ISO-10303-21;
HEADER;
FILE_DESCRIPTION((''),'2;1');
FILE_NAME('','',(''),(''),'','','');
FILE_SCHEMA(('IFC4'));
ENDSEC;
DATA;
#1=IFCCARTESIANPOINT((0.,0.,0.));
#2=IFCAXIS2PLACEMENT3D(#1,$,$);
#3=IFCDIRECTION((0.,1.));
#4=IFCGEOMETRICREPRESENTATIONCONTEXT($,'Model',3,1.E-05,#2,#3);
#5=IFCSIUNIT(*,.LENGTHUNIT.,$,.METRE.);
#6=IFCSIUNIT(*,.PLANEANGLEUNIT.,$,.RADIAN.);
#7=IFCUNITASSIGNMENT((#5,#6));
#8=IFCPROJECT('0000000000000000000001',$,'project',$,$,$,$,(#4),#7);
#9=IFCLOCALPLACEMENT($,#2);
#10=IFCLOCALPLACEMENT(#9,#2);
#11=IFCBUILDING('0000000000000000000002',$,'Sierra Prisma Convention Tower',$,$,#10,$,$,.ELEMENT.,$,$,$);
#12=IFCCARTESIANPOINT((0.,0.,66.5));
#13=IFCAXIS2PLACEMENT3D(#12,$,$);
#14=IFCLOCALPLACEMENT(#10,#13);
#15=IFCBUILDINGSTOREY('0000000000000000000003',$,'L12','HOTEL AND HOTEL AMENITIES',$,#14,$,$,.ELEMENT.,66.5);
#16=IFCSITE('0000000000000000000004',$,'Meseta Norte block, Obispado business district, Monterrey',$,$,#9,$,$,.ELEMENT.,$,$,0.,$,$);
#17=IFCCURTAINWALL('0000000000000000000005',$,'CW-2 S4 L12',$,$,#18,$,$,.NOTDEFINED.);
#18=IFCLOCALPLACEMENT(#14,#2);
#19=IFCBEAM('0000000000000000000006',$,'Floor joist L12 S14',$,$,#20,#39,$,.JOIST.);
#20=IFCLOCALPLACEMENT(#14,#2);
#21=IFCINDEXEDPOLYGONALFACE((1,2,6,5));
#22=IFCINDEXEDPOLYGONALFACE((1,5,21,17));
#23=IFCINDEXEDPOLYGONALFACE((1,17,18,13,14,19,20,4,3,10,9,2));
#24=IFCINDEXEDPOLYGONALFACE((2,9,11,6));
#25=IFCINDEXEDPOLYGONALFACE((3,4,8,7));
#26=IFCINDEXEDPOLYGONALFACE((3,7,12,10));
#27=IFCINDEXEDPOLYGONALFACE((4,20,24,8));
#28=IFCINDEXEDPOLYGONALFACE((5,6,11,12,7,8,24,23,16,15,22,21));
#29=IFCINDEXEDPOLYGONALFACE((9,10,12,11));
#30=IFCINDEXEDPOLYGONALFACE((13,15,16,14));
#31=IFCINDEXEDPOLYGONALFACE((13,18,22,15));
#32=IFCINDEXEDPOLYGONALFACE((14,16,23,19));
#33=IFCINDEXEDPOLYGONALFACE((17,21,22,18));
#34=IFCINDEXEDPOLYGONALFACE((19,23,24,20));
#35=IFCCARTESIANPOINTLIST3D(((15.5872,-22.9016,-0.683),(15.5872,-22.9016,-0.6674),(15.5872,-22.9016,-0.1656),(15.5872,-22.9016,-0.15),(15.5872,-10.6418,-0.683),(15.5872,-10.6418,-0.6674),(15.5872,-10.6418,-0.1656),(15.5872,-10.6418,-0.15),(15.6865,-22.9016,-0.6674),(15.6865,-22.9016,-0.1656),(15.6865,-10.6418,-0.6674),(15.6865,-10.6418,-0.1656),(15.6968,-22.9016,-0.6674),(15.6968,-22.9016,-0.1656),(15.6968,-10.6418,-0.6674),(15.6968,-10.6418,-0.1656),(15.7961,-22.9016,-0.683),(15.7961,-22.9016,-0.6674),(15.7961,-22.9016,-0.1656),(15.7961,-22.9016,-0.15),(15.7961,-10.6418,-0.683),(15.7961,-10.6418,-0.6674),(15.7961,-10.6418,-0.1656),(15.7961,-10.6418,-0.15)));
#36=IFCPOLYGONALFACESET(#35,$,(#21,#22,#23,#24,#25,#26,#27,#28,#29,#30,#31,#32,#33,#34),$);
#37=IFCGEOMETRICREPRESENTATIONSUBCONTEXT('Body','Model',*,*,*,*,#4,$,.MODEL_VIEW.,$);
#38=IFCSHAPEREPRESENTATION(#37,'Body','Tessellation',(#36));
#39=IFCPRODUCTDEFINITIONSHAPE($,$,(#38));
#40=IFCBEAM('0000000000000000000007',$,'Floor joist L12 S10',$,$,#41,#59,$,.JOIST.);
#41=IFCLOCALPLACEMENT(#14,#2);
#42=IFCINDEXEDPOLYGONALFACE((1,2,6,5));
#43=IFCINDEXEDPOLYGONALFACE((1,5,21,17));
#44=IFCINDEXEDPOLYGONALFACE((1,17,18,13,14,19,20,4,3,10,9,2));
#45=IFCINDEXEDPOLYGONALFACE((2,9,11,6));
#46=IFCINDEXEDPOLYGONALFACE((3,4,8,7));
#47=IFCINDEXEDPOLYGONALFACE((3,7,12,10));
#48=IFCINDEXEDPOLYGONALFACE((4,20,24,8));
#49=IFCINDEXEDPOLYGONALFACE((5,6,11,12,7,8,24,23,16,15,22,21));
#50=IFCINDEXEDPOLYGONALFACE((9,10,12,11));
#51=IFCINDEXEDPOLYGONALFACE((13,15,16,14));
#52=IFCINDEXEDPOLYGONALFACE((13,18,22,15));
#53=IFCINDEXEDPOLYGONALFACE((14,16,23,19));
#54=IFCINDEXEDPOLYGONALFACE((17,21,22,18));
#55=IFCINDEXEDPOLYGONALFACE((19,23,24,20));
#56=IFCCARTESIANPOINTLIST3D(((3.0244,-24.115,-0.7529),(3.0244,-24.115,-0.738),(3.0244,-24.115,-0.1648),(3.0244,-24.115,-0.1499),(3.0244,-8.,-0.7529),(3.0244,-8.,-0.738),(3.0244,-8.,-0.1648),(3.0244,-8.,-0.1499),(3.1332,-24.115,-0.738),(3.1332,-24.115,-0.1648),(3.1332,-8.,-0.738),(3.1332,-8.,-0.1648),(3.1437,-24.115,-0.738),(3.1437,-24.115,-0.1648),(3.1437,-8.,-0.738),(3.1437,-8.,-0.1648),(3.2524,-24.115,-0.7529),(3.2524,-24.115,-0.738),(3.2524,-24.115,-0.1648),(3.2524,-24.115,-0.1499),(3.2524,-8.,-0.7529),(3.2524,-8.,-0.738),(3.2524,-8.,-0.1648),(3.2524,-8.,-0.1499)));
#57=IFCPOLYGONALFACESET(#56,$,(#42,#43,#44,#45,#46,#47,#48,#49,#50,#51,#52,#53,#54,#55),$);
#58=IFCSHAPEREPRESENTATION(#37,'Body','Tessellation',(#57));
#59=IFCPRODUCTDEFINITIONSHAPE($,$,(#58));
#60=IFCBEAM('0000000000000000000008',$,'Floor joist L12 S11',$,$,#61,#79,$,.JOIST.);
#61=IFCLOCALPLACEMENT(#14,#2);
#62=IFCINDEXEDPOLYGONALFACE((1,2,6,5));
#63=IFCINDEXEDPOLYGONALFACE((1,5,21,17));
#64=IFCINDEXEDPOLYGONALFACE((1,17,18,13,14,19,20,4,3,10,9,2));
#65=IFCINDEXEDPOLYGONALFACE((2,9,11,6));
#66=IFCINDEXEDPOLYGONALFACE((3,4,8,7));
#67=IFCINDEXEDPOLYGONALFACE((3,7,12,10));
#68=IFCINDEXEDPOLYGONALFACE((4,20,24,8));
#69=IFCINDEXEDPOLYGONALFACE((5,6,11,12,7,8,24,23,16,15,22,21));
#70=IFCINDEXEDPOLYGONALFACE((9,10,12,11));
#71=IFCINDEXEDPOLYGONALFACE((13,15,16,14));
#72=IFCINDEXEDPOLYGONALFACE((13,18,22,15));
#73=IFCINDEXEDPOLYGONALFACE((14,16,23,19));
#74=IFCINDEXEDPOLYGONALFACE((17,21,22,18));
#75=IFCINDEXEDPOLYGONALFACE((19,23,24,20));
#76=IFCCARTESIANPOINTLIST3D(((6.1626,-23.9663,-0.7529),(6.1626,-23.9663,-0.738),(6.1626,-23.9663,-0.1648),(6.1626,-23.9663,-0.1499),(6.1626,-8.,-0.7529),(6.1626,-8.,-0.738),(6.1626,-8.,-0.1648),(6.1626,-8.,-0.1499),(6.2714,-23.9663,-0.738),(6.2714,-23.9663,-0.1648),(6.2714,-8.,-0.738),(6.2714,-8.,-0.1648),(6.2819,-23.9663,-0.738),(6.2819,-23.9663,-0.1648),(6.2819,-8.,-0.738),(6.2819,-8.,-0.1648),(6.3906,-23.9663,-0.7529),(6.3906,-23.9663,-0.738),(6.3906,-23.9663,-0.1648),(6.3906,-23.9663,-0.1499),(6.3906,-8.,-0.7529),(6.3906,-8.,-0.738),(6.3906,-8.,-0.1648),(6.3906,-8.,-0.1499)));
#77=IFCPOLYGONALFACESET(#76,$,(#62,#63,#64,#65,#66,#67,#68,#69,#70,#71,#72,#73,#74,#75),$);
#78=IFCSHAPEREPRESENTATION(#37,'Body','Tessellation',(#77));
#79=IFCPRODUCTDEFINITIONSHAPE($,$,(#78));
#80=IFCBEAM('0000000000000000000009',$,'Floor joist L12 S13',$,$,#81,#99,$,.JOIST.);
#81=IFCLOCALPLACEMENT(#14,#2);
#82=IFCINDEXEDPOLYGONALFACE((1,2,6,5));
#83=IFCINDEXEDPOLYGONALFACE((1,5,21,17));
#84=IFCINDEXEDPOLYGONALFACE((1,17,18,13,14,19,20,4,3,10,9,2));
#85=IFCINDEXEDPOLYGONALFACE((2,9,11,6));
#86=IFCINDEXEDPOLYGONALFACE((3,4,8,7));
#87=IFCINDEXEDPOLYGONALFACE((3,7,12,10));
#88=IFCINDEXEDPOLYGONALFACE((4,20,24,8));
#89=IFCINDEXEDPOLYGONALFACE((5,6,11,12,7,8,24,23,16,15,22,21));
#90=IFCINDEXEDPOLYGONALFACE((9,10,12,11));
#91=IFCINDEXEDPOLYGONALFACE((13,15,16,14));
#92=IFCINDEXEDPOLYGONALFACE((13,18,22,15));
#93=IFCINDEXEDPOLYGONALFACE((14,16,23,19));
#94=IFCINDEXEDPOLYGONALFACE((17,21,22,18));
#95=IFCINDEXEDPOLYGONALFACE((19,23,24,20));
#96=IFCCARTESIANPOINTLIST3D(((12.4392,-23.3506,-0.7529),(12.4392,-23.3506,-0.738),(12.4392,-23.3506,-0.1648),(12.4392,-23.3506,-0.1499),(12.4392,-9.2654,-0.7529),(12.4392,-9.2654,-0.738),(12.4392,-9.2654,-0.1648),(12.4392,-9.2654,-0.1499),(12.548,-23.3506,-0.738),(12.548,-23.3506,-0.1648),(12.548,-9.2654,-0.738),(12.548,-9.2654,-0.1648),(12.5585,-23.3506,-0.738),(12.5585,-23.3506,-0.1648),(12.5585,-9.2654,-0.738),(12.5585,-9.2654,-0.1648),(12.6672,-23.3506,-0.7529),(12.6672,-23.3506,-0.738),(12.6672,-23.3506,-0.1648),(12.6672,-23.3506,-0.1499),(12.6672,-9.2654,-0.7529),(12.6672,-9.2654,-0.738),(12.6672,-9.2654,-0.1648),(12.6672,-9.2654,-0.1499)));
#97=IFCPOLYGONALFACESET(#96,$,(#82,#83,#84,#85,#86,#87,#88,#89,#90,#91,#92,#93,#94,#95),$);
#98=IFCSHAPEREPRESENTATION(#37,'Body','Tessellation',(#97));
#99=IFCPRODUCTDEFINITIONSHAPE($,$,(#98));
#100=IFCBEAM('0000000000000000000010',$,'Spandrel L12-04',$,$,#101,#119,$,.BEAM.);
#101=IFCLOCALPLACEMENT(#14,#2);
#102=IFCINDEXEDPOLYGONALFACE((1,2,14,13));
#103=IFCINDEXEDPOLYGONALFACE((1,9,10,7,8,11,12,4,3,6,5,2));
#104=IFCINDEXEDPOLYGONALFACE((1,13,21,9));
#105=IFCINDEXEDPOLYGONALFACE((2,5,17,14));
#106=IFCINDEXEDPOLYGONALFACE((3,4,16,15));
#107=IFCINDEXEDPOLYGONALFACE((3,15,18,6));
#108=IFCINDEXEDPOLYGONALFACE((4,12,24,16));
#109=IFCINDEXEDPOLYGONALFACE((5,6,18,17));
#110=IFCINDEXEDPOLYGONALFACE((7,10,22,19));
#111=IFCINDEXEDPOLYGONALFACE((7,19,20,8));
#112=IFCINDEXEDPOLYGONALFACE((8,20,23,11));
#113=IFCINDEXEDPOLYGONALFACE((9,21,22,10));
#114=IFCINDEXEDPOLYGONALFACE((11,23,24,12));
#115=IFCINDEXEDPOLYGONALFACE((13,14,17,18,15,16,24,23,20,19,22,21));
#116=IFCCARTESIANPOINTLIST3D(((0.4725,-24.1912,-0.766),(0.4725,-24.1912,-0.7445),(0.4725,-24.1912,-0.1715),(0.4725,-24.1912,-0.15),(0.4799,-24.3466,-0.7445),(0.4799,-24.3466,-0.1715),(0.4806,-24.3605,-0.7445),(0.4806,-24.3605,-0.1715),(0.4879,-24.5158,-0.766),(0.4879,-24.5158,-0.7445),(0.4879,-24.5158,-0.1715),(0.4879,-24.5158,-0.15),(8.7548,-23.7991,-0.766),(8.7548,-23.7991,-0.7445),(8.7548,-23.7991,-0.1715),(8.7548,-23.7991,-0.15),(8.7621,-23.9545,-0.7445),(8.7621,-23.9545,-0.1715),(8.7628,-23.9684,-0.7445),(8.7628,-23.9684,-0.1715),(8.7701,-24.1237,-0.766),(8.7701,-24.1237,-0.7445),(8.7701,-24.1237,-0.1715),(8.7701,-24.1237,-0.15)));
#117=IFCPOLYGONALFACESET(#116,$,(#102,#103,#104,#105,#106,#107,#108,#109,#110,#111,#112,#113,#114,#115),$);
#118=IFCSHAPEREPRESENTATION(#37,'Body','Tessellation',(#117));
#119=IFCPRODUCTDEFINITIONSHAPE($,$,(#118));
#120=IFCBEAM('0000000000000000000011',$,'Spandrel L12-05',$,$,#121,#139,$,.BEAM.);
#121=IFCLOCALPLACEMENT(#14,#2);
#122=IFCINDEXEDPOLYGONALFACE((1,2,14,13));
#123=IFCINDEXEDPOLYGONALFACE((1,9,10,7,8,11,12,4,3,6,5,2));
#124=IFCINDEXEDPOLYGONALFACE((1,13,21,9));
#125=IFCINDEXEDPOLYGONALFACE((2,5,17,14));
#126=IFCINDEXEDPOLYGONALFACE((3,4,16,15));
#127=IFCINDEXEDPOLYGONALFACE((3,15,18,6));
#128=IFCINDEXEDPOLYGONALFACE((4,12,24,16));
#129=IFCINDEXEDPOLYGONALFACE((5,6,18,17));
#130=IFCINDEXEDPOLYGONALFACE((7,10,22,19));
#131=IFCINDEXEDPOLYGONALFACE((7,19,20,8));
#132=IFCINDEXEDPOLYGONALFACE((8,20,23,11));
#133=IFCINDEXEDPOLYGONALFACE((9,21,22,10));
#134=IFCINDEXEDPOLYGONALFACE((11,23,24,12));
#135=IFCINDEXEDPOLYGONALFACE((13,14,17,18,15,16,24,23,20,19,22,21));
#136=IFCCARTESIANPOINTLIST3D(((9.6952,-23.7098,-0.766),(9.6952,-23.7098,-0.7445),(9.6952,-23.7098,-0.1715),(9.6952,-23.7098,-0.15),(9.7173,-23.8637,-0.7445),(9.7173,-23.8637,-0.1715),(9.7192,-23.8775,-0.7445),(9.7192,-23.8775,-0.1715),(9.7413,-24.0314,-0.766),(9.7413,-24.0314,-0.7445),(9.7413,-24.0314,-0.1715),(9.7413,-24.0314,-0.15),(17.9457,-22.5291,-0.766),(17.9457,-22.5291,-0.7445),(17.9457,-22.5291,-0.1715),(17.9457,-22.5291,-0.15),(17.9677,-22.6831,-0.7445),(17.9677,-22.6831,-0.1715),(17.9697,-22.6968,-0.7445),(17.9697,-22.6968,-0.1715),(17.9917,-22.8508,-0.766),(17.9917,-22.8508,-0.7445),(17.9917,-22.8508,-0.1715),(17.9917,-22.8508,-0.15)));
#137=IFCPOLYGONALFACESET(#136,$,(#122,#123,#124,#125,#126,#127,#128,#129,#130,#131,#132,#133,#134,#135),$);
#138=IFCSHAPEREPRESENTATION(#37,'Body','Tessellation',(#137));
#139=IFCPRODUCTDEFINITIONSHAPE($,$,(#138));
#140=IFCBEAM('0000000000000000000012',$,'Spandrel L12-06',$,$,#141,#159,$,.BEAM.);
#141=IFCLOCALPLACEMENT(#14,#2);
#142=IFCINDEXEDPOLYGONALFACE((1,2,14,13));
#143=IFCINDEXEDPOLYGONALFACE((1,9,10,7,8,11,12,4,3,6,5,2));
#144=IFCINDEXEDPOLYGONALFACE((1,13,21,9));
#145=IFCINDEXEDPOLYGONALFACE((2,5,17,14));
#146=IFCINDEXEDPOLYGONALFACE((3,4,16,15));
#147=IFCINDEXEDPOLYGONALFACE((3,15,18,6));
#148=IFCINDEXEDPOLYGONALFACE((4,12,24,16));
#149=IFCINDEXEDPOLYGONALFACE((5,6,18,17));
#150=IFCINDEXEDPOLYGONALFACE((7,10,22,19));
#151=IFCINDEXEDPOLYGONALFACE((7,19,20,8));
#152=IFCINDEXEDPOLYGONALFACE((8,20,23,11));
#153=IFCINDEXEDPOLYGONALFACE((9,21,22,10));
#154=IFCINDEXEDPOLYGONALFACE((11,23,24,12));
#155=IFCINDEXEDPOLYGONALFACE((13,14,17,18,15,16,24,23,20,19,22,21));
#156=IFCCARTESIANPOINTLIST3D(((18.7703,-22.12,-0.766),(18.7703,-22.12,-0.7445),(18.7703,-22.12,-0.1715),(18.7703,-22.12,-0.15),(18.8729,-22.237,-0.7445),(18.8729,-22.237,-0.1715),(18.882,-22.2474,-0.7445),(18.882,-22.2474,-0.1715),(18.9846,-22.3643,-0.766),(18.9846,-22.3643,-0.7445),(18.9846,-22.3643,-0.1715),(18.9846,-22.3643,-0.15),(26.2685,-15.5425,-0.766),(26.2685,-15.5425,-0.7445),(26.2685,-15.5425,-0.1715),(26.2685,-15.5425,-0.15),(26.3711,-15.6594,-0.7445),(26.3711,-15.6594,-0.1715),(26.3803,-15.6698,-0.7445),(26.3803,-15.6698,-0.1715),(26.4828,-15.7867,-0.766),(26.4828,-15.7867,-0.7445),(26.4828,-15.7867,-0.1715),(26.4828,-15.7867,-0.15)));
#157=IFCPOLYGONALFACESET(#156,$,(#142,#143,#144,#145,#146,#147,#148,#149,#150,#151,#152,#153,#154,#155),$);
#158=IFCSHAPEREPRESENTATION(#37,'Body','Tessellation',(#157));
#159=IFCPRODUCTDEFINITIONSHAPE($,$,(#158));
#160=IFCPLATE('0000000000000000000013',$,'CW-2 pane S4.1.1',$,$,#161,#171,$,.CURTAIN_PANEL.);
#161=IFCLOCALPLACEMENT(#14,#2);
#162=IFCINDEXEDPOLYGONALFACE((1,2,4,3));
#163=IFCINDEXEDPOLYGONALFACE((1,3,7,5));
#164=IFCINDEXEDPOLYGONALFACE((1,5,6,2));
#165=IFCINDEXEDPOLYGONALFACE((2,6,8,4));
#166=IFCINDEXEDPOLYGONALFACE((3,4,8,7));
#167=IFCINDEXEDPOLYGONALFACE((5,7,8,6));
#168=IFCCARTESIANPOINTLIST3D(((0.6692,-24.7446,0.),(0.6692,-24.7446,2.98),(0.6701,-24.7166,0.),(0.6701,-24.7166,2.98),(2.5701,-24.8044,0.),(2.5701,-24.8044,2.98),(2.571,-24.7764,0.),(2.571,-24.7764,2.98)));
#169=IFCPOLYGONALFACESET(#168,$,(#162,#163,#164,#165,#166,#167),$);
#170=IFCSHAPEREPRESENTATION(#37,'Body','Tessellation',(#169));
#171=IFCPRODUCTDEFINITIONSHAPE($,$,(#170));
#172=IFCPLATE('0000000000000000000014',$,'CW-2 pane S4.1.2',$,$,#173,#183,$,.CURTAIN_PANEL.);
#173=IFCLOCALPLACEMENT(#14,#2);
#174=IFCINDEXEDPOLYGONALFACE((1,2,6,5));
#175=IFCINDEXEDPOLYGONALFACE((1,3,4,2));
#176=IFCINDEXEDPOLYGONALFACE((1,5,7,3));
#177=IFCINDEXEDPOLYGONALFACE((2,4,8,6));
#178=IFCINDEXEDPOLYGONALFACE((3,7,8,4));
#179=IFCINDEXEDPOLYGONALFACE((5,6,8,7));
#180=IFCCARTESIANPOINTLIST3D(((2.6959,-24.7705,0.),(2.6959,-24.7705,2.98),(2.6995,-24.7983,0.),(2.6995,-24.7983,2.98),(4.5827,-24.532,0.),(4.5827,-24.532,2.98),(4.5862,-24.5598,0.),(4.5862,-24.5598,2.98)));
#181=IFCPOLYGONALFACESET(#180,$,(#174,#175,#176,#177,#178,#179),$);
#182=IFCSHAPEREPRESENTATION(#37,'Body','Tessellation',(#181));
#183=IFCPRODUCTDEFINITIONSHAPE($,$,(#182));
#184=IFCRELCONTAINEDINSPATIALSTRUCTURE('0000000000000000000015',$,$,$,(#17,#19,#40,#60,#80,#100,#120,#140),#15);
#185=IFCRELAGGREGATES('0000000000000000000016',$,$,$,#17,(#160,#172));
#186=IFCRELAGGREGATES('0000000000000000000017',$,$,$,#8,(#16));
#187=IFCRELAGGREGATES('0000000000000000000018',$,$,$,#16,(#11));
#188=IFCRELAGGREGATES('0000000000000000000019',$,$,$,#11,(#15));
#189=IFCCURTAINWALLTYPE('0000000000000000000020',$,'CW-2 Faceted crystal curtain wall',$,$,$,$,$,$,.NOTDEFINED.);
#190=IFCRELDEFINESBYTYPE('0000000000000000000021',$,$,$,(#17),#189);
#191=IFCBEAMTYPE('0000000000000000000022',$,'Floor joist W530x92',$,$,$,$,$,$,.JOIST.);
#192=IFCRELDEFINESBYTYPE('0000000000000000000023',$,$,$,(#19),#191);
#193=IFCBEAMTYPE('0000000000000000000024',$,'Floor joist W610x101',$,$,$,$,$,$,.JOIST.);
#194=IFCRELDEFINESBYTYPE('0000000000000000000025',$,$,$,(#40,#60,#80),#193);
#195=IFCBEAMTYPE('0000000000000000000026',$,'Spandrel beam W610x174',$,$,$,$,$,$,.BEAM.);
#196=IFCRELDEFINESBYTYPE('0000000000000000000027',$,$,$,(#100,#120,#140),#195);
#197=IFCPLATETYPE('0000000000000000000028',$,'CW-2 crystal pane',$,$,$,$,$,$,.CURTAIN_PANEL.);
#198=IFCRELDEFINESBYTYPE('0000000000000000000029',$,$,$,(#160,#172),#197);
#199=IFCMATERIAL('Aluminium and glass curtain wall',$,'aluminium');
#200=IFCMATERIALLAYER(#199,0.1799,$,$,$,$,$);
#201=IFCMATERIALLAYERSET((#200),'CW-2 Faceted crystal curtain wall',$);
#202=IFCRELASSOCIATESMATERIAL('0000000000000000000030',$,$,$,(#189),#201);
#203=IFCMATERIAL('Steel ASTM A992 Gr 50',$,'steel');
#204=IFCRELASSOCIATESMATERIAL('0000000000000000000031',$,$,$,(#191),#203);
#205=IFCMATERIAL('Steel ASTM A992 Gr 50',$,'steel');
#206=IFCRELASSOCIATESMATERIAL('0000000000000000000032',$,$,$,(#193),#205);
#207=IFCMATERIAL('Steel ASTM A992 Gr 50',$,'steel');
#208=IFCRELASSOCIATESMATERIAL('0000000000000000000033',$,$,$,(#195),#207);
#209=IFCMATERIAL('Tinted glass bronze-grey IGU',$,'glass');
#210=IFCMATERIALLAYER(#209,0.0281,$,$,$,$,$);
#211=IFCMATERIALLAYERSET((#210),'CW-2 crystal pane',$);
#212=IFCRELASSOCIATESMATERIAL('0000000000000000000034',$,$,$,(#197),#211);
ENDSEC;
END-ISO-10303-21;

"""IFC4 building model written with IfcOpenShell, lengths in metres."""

from ifc_helpers import new_model, si_unit, direction, frame, origin, origin_2d, place, context, subcontext, project, spatial, polyline, i_section, outline, extrude, material, layer, layer_set, material_profile, profile_set, type_object, element, aggregate, save


model = new_model("IFC4")

# Units and contexts
model_context = context("Model", 3, precision=1e-05, world=origin(), true_north=direction((0.0, 1.0)))
body_context = subcontext(model_context, "Body", "Model", "MODEL_VIEW")
ifc_project = project(units=[si_unit("LENGTHUNIT", "METRE"), si_unit("PLANEANGLEUNIT", "RADIAN")], contexts=[model_context])

# Site, building, storey
site_placement = place(None, origin())
site = spatial("IfcSite", under=ifc_project, at=site_placement, Name="Meseta Norte block, Obispado business district, Monterrey", CompositionType="ELEMENT", RefElevation=0.0)
building_placement = place(site_placement, origin())
building = spatial("IfcBuilding", under=site, at=building_placement, Name="Sierra Prisma Convention Tower", CompositionType="ELEMENT")
storey_placement = place(building_placement, frame((0.0, 0.0, 66.5)))
storey = spatial("IfcBuildingStorey", under=building, at=storey_placement, Name="L12", Description="HOTEL AND HOTEL AMENITIES", CompositionType="ELEMENT", Elevation=66.5)

# Curtain wall
ifc_material_1 = material(Name="Aluminium and glass curtain wall", Category="aluminium")
ifc_layer_1 = layer(ifc_material_1, 0.1799)
ifc_layer_set_1 = layer_set([ifc_layer_1], Name="CW-2 Faceted crystal curtain wall")
curtain_wall_type = type_object("IfcCurtainWallType", Name="CW-2 Faceted crystal curtain wall", PredefinedType="NOTDEFINED", material=ifc_layer_set_1)
curtain_wall_1_placement = place(storey_placement, origin())
curtain_wall_1 = element("IfcCurtainWall", 1, at=curtain_wall_1_placement, inside=storey, type_object=curtain_wall_type, Name="CW-2 S4 L12", PredefinedType="NOTDEFINED")

# Beams
ifc_material_2 = material(Name="Steel ASTM A992 Gr 50", Category="steel")
ifc_material_profile_1 = material_profile(ifc_material_2, i_section(OverallWidth=0.209, OverallDepth=0.533, WebThickness=0.0103, FlangeThickness=0.0156, at=origin_2d()), Name="W530x92")
ifc_profile_set_1 = profile_set([ifc_material_profile_1], Name="Steel ASTM A992 Gr 50")
beam_type_1 = type_object("IfcBeamType", Name="Floor joist W530x92", PredefinedType="JOIST", material=ifc_profile_set_1)
beam_1_placement = place(storey_placement, frame((15.6917, -22.9016, -0.4165), z_axis=(0.0, 1.0, 0.0), x_axis=(-1.0, 0.0, 0.0)))
element("IfcBeam", 2, at=beam_1_placement, inside=storey, type_object=beam_type_1, Name="Floor joist L12 S14", PredefinedType="JOIST", context=body_context, shape_type="SweptSolid", body=[
    extrude(i_section(OverallWidth=0.209, OverallDepth=0.533, WebThickness=0.0103, FlangeThickness=0.0156, at=origin_2d()), origin(), (0.0, 0.0, 1.0), 12.2598),
])
ifc_material_3 = material(Name="Steel ASTM A992 Gr 50", Category="steel")
ifc_material_profile_2 = material_profile(ifc_material_3, i_section(OverallWidth=0.228, OverallDepth=0.603, WebThickness=0.0105, FlangeThickness=0.0149, at=origin_2d()), Name="W610x101")
ifc_profile_set_2 = profile_set([ifc_material_profile_2], Name="Steel ASTM A992 Gr 50")
beam_type_2 = type_object("IfcBeamType", Name="Floor joist W610x101", PredefinedType="JOIST", material=ifc_profile_set_2)
beam_2_placement = place(storey_placement, frame((3.1384, -24.115, -0.4514), z_axis=(0.0, 1.0, 0.0), x_axis=(-1.0, 0.0, 0.0)))
element("IfcBeam", 3, at=beam_2_placement, inside=storey, type_object=beam_type_2, Name="Floor joist L12 S10", PredefinedType="JOIST", context=body_context, shape_type="SweptSolid", body=[
    extrude(i_section(OverallWidth=0.228, OverallDepth=0.603, WebThickness=0.0105, FlangeThickness=0.0149, at=origin_2d()), origin(), (0.0, 0.0, 1.0), 16.115),
])
beam_3_placement = place(storey_placement, frame((6.2766, -23.9663, -0.4514), z_axis=(0.0, 1.0, 0.0), x_axis=(-1.0, 0.0, 0.0)))
element("IfcBeam", 4, at=beam_3_placement, inside=storey, type_object=beam_type_2, Name="Floor joist L12 S11", PredefinedType="JOIST", context=body_context, shape_type="SweptSolid", body=[
    extrude(i_section(OverallWidth=0.228, OverallDepth=0.603, WebThickness=0.0105, FlangeThickness=0.0149, at=origin_2d()), origin(), (0.0, 0.0, 1.0), 15.9663),
])
beam_4_placement = place(storey_placement, frame((12.5532, -23.3506, -0.4514), z_axis=(0.0, 1.0, 0.0), x_axis=(-1.0, 0.0, 0.0)))
element("IfcBeam", 5, at=beam_4_placement, inside=storey, type_object=beam_type_2, Name="Floor joist L12 S13", PredefinedType="JOIST", context=body_context, shape_type="SweptSolid", body=[
    extrude(i_section(OverallWidth=0.228, OverallDepth=0.603, WebThickness=0.0105, FlangeThickness=0.0149, at=origin_2d()), origin(), (0.0, 0.0, 1.0), 14.0852),
])
ifc_material_4 = material(Name="Steel ASTM A992 Gr 50", Category="steel")
ifc_material_profile_3 = material_profile(ifc_material_4, i_section(OverallWidth=0.325, OverallDepth=0.616, WebThickness=0.0139, FlangeThickness=0.0215, at=origin_2d()), Name="W610x174")
ifc_profile_set_3 = profile_set([ifc_material_profile_3], Name="Steel ASTM A992 Gr 50")
beam_type_3 = type_object("IfcBeamType", Name="Spandrel beam W610x174", PredefinedType="BEAM", material=ifc_profile_set_3)
beam_5_placement = place(storey_placement, frame((0.4802, -24.3535, -0.458), z_axis=(0.998881, 0.047288, 0.0), x_axis=(-0.047288, 0.998881, 0.0)))
element("IfcBeam", 6, at=beam_5_placement, inside=storey, type_object=beam_type_3, Name="Spandrel L12-04", PredefinedType="BEAM", context=body_context, shape_type="SweptSolid", body=[
    extrude(i_section(OverallWidth=0.325, OverallDepth=0.616, WebThickness=0.0139, FlangeThickness=0.0215, at=origin_2d()), origin(), (0.0, 0.0, 1.0), 8.2915),
])
beam_6_placement = place(storey_placement, frame((9.7183, -23.8706, -0.458), z_axis=(0.989915, 0.141659, 0.0), x_axis=(-0.141659, 0.989915, 0.0)))
element("IfcBeam", 7, at=beam_6_placement, inside=storey, type_object=beam_type_3, Name="Spandrel L12-05", PredefinedType="BEAM", context=body_context, shape_type="SweptSolid", body=[
    extrude(i_section(OverallWidth=0.325, OverallDepth=0.616, WebThickness=0.0139, FlangeThickness=0.0215, at=origin_2d()), origin(), (0.0, 0.0, 1.0), 8.3345),
])
beam_7_placement = place(storey_placement, frame((18.8774, -22.2422, -0.458), z_axis=(0.75175, 0.659448, 0.0), x_axis=(-0.659448, 0.75175, 0.0)))
element("IfcBeam", 8, at=beam_7_placement, inside=storey, type_object=beam_type_3, Name="Spandrel L12-06", PredefinedType="BEAM", context=body_context, shape_type="SweptSolid", body=[
    extrude(i_section(OverallWidth=0.325, OverallDepth=0.616, WebThickness=0.0139, FlangeThickness=0.0215, at=origin_2d()), origin(), (0.0, 0.0, 1.0), 9.9744),
])

# Plates
ifc_material_5 = material(Name="Tinted glass bronze-grey IGU", Category="glass")
ifc_layer_2 = layer(ifc_material_5, 0.0281)
ifc_layer_set_2 = layer_set([ifc_layer_2], Name="CW-2 crystal pane")
plate_type = type_object("IfcPlateType", Name="CW-2 crystal pane", PredefinedType="CURTAIN_PANEL", material=ifc_layer_set_2)
plate_1_placement = place(storey_placement, frame((0.6692, -24.7446, 0.0), z_axis=(-0.031451, -0.999505, 0.0), x_axis=(0.999505, -0.031451, 0.0)))
plate_1 = element("IfcPlate", 9, at=plate_1_placement, type_object=plate_type, Name="CW-2 pane S4.1.1", PredefinedType="CURTAIN_PANEL", context=body_context, shape_type="SweptSolid", body=[
    extrude(outline(polyline([(0.0, 0.0), (1.9018, 0.0), (1.9018, 2.98), (0.0, 2.98), (0.0, 0.0)])), origin(), (0.0, 0.0, -1.0), 0.0281),
])
plate_2_placement = place(storey_placement, frame((4.5862, -24.5598, 0.0), z_axis=(0.125425, -0.992103, 0.0), x_axis=(-0.992103, -0.125425, 0.0)))
plate_2 = element("IfcPlate", 10, at=plate_2_placement, type_object=plate_type, Name="CW-2 pane S4.1.2", PredefinedType="CURTAIN_PANEL", context=body_context, shape_type="SweptSolid", body=[
    extrude(outline(polyline([(0.0, 0.0), (1.9017, 0.0), (1.9017, -2.98), (0.0, -2.98), (0.0, 0.0)])), origin(), (0.0, 0.0, -1.0), 0.0281),
])
aggregate(curtain_wall_1, [plate_1, plate_2])

save(model, "model.ifc")
